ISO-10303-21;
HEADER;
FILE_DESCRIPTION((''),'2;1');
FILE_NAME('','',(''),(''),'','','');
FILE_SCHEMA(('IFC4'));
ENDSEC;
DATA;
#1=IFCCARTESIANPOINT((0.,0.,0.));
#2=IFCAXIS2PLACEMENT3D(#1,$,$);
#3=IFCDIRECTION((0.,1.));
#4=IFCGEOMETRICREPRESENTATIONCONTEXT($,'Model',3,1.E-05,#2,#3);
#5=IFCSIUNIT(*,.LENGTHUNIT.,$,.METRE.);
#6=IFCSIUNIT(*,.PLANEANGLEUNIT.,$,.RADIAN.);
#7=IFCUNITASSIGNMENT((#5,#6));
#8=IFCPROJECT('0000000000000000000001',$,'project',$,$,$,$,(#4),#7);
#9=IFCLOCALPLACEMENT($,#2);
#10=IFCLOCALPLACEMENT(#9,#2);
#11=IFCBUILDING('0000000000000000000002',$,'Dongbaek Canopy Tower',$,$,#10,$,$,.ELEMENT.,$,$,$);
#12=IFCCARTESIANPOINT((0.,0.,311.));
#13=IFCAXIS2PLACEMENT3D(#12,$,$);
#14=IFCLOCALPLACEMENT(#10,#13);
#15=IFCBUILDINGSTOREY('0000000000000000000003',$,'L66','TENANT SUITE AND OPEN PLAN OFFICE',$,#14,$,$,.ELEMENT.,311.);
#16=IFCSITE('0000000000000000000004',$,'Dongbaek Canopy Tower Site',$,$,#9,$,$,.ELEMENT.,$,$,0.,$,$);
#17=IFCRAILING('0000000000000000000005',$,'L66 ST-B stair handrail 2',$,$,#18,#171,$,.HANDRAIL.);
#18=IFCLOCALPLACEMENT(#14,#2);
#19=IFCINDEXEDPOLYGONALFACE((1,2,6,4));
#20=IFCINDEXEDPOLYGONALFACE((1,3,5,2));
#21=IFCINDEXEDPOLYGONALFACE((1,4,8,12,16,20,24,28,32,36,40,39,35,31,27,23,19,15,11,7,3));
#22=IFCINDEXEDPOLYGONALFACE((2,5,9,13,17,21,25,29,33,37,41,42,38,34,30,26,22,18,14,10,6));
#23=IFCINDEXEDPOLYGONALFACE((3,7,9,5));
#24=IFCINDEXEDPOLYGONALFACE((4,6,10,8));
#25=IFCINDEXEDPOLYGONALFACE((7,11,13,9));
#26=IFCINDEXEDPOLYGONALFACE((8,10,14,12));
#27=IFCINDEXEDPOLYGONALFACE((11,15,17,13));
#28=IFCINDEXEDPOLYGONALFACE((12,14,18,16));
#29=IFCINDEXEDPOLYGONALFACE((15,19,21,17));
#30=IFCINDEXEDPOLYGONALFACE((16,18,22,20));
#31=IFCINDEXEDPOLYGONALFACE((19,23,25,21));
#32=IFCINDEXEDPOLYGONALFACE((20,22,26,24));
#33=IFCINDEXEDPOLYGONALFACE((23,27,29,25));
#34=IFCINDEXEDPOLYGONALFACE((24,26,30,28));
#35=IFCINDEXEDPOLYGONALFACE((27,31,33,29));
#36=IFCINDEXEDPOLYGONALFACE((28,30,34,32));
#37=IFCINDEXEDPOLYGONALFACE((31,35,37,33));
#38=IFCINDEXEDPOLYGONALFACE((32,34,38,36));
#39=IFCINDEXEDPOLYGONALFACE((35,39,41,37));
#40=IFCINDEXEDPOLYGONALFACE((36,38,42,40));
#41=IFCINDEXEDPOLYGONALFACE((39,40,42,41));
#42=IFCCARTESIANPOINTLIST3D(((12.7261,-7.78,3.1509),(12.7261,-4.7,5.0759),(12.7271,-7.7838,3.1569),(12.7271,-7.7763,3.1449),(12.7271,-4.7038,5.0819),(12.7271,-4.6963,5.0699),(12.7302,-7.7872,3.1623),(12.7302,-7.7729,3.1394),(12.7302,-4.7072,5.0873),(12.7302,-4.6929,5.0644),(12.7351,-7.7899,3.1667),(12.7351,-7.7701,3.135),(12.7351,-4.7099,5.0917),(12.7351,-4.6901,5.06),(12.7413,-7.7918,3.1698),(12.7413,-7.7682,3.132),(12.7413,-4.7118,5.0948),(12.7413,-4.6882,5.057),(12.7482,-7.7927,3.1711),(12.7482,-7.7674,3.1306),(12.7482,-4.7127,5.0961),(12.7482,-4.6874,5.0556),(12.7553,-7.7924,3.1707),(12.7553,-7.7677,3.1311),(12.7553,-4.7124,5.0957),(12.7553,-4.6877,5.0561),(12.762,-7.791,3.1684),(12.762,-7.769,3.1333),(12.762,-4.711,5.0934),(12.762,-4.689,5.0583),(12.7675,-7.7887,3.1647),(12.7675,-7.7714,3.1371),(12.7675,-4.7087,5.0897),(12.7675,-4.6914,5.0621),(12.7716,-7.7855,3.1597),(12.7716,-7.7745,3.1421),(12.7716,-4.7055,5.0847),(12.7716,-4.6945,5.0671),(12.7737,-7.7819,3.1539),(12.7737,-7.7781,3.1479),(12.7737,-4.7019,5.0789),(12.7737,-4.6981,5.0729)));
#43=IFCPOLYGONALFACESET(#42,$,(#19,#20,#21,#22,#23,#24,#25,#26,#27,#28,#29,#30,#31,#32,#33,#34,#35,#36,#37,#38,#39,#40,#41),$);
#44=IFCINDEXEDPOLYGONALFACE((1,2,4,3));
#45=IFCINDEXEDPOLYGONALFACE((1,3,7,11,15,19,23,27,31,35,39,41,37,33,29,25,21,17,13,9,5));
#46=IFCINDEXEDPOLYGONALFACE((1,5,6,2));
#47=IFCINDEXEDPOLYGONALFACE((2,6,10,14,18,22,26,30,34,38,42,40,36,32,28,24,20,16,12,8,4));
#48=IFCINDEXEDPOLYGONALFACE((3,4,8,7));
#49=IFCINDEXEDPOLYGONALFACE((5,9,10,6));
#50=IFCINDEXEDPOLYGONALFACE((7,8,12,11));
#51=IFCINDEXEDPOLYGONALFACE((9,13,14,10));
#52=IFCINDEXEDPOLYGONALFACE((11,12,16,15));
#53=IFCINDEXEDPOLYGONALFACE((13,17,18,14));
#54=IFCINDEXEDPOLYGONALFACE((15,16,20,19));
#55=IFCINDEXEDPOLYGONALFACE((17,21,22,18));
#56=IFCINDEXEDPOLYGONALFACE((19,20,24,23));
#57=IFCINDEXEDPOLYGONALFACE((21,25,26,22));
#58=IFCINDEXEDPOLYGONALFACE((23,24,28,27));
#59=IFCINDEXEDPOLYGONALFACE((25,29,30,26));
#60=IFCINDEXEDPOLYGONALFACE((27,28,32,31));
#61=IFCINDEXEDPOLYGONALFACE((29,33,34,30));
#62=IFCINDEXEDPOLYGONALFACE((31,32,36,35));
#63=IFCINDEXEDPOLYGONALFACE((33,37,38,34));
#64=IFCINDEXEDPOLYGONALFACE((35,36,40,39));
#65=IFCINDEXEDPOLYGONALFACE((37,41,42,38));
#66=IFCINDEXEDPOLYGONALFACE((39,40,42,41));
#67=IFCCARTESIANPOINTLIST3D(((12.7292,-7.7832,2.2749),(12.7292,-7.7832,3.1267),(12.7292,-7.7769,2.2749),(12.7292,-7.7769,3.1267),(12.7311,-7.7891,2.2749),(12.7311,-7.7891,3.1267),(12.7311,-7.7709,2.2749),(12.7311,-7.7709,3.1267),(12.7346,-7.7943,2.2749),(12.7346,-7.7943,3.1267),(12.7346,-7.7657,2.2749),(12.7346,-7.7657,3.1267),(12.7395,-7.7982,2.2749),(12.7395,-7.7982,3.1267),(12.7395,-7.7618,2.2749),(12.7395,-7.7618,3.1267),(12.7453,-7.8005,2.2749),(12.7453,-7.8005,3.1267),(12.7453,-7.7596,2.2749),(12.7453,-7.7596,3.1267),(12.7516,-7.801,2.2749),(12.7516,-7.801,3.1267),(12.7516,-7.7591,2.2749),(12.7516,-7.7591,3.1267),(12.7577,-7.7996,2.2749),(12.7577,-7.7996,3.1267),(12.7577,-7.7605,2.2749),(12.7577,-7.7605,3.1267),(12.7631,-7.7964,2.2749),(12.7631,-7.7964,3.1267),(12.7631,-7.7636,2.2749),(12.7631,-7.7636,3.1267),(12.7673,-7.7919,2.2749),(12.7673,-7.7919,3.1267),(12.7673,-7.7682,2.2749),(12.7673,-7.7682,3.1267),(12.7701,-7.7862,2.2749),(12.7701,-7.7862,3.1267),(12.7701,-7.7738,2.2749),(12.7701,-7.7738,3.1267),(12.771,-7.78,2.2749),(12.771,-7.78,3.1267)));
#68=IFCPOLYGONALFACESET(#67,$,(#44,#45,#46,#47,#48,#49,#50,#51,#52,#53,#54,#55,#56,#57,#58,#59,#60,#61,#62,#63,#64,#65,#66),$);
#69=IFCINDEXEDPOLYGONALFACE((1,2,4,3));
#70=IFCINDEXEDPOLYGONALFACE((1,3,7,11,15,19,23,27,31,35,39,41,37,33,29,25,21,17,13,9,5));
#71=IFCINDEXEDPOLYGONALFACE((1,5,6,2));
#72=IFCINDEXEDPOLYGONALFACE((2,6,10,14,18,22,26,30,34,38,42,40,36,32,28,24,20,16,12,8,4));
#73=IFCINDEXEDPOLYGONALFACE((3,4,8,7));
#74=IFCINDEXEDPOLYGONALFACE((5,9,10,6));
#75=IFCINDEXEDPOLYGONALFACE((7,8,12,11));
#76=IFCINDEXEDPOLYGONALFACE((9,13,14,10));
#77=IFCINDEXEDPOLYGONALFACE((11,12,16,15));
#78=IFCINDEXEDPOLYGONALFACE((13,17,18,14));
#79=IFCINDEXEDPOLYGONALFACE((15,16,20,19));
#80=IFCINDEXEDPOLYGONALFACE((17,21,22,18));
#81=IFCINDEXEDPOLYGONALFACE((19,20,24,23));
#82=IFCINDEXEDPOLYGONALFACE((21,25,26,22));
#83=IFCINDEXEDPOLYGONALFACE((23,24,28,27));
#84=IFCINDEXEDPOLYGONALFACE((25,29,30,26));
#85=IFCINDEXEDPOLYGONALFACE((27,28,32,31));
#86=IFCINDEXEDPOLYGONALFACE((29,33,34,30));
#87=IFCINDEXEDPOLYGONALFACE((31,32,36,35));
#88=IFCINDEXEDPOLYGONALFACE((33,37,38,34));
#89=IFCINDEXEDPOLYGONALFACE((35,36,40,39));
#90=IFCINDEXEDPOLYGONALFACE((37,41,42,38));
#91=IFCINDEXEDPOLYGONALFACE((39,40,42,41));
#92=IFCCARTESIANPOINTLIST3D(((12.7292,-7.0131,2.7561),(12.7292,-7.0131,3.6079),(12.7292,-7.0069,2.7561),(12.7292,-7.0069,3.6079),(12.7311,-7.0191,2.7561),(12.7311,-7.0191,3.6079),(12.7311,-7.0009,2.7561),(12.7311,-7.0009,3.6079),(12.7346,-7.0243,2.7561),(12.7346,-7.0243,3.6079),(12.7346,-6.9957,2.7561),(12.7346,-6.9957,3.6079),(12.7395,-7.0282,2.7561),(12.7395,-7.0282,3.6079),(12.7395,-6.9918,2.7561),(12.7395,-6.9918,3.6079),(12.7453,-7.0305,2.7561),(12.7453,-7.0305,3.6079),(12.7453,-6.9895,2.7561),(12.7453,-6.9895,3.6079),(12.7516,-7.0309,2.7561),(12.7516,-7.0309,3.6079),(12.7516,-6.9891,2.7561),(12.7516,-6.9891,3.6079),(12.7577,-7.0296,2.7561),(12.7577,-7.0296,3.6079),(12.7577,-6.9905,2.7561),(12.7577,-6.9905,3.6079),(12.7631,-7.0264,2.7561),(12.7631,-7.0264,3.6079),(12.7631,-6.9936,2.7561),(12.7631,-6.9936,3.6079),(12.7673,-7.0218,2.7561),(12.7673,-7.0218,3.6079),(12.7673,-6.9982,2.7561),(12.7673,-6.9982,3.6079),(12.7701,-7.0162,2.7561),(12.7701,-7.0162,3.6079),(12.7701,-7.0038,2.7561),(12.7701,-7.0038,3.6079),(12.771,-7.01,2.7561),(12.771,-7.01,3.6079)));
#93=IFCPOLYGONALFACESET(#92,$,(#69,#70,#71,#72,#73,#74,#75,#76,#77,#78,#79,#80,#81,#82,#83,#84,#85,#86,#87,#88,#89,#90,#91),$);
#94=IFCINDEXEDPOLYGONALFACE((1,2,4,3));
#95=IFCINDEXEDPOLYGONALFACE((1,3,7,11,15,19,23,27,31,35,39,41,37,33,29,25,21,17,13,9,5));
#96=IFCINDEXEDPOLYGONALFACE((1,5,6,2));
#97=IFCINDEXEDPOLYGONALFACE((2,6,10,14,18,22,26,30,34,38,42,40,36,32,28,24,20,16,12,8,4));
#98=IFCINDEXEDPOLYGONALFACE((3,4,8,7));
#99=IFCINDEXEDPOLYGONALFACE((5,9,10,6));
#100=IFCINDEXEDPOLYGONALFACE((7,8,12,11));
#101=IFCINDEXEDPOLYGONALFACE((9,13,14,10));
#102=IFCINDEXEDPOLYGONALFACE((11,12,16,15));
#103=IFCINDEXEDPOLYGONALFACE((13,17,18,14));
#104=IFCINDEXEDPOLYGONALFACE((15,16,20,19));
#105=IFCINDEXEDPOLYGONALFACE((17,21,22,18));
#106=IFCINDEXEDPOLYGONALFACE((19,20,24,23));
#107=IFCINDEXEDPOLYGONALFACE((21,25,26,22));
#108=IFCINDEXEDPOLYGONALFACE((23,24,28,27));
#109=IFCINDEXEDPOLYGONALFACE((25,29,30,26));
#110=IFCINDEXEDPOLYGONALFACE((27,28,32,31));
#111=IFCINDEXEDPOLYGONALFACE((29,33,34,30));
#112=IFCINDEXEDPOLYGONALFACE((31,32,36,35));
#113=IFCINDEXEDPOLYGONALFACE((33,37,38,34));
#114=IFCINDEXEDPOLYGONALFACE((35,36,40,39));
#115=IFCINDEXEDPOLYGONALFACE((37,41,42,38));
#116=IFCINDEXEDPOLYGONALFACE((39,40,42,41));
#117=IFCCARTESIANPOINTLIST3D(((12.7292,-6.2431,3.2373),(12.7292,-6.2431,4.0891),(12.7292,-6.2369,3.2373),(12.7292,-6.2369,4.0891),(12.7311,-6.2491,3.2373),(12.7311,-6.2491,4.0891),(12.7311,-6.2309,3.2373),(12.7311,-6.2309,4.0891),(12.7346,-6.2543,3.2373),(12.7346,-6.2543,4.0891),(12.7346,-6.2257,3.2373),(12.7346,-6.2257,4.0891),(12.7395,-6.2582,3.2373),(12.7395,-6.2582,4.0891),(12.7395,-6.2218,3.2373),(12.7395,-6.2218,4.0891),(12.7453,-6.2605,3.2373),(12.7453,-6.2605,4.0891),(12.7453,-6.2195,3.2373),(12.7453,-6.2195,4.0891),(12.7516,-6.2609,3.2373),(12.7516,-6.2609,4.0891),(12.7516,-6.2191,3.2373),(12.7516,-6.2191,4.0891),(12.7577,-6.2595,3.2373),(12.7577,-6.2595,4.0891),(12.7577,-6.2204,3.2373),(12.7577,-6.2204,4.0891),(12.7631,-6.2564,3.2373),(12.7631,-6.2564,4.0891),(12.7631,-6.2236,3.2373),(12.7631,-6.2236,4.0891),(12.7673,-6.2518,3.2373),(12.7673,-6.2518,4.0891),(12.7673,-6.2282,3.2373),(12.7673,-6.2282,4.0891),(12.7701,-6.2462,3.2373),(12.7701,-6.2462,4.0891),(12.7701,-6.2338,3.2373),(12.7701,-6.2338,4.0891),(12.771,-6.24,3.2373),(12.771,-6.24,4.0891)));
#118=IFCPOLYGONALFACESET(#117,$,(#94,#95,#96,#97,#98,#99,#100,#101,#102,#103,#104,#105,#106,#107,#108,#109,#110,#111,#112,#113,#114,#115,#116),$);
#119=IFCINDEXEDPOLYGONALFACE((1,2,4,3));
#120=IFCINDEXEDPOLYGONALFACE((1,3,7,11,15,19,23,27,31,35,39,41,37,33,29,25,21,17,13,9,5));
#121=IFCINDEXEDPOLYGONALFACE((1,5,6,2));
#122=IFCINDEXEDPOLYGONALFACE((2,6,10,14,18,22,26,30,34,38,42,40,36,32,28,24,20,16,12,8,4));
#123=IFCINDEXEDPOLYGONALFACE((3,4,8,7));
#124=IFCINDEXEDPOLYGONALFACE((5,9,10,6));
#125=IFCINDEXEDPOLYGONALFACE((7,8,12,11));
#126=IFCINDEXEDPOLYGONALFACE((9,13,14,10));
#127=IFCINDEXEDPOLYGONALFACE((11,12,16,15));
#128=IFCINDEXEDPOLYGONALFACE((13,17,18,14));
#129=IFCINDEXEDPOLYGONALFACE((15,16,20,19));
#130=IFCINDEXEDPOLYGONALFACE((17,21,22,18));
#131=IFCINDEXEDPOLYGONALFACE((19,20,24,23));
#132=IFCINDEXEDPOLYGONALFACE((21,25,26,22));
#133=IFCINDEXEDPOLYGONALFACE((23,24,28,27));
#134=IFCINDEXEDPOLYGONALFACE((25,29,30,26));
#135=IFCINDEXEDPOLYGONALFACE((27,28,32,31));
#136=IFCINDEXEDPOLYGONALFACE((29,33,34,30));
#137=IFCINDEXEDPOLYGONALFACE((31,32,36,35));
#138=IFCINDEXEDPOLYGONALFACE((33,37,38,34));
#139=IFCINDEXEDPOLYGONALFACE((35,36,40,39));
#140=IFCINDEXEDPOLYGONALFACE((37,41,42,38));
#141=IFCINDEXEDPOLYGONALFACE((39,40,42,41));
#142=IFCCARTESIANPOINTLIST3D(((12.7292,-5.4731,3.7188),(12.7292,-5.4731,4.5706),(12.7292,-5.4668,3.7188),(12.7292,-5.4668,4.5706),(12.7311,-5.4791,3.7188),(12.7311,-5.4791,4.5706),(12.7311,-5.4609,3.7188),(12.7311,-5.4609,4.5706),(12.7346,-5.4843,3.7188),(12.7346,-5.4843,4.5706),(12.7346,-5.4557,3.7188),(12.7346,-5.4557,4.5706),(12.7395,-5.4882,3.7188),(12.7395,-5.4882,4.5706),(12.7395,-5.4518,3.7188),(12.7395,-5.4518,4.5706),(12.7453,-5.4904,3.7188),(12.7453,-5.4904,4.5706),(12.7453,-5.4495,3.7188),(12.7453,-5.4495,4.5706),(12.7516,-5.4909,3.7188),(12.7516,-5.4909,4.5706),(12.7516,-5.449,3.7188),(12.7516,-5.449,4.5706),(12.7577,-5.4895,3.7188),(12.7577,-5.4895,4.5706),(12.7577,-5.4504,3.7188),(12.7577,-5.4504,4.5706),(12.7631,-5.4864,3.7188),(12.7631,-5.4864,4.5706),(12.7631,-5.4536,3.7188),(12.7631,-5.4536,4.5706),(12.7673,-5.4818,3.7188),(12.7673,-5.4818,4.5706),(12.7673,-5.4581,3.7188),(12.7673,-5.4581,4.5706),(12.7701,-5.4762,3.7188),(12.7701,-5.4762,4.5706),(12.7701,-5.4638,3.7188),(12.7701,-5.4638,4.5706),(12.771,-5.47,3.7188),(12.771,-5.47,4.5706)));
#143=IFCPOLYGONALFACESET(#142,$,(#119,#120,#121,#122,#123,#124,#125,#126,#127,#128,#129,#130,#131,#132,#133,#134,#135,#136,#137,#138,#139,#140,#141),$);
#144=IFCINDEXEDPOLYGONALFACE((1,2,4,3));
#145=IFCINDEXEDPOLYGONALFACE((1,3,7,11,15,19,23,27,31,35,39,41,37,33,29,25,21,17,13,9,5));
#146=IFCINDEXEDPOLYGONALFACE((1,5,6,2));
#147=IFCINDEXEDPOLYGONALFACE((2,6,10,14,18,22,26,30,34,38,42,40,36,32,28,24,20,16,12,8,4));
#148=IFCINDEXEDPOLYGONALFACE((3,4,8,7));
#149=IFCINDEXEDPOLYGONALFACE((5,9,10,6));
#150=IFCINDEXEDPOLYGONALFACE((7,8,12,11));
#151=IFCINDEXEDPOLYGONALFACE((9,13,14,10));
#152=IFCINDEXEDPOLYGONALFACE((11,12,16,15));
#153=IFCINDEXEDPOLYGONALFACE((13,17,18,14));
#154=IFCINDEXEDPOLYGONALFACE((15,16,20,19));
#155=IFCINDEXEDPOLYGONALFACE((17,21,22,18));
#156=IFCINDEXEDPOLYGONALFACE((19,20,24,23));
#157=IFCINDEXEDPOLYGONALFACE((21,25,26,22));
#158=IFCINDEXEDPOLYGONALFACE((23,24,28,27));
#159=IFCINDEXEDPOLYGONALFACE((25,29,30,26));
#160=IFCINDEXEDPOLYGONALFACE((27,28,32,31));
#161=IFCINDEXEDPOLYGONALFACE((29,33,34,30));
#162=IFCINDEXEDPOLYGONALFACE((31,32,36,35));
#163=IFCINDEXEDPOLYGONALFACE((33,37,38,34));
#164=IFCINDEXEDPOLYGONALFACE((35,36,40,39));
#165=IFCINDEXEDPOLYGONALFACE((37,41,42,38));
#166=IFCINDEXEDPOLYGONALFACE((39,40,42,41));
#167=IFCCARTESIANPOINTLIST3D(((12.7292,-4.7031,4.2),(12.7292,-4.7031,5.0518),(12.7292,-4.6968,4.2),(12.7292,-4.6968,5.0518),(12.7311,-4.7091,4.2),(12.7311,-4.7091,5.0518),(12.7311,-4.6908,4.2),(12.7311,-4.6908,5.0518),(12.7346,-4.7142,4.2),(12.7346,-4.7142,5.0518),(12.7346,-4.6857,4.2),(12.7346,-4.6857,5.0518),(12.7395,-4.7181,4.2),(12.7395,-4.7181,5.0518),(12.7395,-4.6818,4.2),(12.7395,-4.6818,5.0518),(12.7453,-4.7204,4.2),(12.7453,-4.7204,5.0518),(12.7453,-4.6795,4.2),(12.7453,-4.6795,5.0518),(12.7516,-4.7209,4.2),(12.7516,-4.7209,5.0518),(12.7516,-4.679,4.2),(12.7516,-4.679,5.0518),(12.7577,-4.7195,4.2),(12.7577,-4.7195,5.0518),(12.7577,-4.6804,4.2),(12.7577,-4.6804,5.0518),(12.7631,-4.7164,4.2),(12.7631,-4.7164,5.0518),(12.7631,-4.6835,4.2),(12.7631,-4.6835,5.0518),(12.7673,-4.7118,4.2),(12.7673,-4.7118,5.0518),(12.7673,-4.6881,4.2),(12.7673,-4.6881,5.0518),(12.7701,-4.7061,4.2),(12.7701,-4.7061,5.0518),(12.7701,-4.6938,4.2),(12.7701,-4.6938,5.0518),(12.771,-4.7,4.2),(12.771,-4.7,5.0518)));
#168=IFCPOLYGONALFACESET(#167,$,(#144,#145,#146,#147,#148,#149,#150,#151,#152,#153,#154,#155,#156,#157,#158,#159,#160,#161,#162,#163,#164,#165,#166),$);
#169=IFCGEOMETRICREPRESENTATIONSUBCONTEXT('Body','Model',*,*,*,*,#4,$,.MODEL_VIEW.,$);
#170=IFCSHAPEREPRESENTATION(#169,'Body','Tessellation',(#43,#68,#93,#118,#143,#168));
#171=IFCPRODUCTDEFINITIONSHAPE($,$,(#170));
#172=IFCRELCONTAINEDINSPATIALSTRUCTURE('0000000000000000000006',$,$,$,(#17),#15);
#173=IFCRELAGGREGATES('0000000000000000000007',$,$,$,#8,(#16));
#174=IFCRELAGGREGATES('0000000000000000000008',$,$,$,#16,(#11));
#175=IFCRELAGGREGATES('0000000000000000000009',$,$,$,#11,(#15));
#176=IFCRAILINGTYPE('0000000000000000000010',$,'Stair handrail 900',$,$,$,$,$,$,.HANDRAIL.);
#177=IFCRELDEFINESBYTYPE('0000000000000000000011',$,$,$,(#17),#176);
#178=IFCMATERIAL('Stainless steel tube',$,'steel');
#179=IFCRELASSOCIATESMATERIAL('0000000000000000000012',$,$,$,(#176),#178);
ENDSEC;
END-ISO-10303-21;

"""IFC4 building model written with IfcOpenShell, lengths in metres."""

from ifc_helpers import new_model, si_unit, direction, frame, origin, origin_2d, place, context, subcontext, project, spatial, circle, extrude, material, type_object, element, save


model = new_model("IFC4")

# Units and contexts
model_context = context("Model", 3, precision=1e-05, world=origin(), true_north=direction((0.0, 1.0)))
body_context = subcontext(model_context, "Body", "Model", "MODEL_VIEW")
ifc_project = project(units=[si_unit("LENGTHUNIT", "METRE"), si_unit("PLANEANGLEUNIT", "RADIAN")], contexts=[model_context])

# Site, building, storey
site_placement = place(None, origin())
site = spatial("IfcSite", under=ifc_project, at=site_placement, Name="Dongbaek Canopy Tower Site", CompositionType="ELEMENT", RefElevation=0.0)
building_placement = place(site_placement, origin())
building = spatial("IfcBuilding", under=site, at=building_placement, Name="Dongbaek Canopy Tower", CompositionType="ELEMENT")
storey_placement = place(building_placement, frame((0.0, 0.0, 311.0)))
storey = spatial("IfcBuildingStorey", under=building, at=storey_placement, Name="L66", Description="TENANT SUITE AND OPEN PLAN OFFICE", CompositionType="ELEMENT", Elevation=311.0)

# Railing
ifc_material_1 = material(Name="Stainless steel tube", Category="steel")
railing_type_1 = type_object("IfcRailingType", Name="Stair handrail 900", PredefinedType="HANDRAIL", material=ifc_material_1)
railing_1_placement = place(storey_placement, frame((12.75, -7.78, 2.2749)))
element("IfcRailing", 1, at=railing_1_placement, inside=storey, type_object=railing_type_1, Name="L66 ST-B stair handrail 2", PredefinedType="HANDRAIL", context=body_context, shape_type="SweptSolid", body=[
    extrude(circle(Radius=0.0239, at=origin_2d()), frame((0.0, 0.0, 0.876), z_axis=(0.0, 0.847998, 0.529999), x_axis=(-1.0, 0.0, 0.0)), (0.0, 0.0, 1.0), 3.6321),
    extrude(circle(Radius=0.021, at=origin_2d()), origin(), (0.0, 0.0, 1.0), 0.8518),
    extrude(circle(Radius=0.021, at=origin_2d()), frame((0.0, 0.77, 0.4812)), (0.0, 0.0, 1.0), 0.8518),
    extrude(circle(Radius=0.021, at=origin_2d()), frame((0.0, 1.54, 0.9624)), (0.0, 0.0, 1.0), 0.8518),
    extrude(circle(Radius=0.021, at=origin_2d()), frame((0.0, 2.3101, 1.4438)), (0.0, 0.0, 1.0), 0.8518),
    extrude(circle(Radius=0.021, at=origin_2d()), frame((0.0, 3.0801, 1.925)), (0.0, 0.0, 1.0), 0.8518),
])

save(model, "model.ifc")
